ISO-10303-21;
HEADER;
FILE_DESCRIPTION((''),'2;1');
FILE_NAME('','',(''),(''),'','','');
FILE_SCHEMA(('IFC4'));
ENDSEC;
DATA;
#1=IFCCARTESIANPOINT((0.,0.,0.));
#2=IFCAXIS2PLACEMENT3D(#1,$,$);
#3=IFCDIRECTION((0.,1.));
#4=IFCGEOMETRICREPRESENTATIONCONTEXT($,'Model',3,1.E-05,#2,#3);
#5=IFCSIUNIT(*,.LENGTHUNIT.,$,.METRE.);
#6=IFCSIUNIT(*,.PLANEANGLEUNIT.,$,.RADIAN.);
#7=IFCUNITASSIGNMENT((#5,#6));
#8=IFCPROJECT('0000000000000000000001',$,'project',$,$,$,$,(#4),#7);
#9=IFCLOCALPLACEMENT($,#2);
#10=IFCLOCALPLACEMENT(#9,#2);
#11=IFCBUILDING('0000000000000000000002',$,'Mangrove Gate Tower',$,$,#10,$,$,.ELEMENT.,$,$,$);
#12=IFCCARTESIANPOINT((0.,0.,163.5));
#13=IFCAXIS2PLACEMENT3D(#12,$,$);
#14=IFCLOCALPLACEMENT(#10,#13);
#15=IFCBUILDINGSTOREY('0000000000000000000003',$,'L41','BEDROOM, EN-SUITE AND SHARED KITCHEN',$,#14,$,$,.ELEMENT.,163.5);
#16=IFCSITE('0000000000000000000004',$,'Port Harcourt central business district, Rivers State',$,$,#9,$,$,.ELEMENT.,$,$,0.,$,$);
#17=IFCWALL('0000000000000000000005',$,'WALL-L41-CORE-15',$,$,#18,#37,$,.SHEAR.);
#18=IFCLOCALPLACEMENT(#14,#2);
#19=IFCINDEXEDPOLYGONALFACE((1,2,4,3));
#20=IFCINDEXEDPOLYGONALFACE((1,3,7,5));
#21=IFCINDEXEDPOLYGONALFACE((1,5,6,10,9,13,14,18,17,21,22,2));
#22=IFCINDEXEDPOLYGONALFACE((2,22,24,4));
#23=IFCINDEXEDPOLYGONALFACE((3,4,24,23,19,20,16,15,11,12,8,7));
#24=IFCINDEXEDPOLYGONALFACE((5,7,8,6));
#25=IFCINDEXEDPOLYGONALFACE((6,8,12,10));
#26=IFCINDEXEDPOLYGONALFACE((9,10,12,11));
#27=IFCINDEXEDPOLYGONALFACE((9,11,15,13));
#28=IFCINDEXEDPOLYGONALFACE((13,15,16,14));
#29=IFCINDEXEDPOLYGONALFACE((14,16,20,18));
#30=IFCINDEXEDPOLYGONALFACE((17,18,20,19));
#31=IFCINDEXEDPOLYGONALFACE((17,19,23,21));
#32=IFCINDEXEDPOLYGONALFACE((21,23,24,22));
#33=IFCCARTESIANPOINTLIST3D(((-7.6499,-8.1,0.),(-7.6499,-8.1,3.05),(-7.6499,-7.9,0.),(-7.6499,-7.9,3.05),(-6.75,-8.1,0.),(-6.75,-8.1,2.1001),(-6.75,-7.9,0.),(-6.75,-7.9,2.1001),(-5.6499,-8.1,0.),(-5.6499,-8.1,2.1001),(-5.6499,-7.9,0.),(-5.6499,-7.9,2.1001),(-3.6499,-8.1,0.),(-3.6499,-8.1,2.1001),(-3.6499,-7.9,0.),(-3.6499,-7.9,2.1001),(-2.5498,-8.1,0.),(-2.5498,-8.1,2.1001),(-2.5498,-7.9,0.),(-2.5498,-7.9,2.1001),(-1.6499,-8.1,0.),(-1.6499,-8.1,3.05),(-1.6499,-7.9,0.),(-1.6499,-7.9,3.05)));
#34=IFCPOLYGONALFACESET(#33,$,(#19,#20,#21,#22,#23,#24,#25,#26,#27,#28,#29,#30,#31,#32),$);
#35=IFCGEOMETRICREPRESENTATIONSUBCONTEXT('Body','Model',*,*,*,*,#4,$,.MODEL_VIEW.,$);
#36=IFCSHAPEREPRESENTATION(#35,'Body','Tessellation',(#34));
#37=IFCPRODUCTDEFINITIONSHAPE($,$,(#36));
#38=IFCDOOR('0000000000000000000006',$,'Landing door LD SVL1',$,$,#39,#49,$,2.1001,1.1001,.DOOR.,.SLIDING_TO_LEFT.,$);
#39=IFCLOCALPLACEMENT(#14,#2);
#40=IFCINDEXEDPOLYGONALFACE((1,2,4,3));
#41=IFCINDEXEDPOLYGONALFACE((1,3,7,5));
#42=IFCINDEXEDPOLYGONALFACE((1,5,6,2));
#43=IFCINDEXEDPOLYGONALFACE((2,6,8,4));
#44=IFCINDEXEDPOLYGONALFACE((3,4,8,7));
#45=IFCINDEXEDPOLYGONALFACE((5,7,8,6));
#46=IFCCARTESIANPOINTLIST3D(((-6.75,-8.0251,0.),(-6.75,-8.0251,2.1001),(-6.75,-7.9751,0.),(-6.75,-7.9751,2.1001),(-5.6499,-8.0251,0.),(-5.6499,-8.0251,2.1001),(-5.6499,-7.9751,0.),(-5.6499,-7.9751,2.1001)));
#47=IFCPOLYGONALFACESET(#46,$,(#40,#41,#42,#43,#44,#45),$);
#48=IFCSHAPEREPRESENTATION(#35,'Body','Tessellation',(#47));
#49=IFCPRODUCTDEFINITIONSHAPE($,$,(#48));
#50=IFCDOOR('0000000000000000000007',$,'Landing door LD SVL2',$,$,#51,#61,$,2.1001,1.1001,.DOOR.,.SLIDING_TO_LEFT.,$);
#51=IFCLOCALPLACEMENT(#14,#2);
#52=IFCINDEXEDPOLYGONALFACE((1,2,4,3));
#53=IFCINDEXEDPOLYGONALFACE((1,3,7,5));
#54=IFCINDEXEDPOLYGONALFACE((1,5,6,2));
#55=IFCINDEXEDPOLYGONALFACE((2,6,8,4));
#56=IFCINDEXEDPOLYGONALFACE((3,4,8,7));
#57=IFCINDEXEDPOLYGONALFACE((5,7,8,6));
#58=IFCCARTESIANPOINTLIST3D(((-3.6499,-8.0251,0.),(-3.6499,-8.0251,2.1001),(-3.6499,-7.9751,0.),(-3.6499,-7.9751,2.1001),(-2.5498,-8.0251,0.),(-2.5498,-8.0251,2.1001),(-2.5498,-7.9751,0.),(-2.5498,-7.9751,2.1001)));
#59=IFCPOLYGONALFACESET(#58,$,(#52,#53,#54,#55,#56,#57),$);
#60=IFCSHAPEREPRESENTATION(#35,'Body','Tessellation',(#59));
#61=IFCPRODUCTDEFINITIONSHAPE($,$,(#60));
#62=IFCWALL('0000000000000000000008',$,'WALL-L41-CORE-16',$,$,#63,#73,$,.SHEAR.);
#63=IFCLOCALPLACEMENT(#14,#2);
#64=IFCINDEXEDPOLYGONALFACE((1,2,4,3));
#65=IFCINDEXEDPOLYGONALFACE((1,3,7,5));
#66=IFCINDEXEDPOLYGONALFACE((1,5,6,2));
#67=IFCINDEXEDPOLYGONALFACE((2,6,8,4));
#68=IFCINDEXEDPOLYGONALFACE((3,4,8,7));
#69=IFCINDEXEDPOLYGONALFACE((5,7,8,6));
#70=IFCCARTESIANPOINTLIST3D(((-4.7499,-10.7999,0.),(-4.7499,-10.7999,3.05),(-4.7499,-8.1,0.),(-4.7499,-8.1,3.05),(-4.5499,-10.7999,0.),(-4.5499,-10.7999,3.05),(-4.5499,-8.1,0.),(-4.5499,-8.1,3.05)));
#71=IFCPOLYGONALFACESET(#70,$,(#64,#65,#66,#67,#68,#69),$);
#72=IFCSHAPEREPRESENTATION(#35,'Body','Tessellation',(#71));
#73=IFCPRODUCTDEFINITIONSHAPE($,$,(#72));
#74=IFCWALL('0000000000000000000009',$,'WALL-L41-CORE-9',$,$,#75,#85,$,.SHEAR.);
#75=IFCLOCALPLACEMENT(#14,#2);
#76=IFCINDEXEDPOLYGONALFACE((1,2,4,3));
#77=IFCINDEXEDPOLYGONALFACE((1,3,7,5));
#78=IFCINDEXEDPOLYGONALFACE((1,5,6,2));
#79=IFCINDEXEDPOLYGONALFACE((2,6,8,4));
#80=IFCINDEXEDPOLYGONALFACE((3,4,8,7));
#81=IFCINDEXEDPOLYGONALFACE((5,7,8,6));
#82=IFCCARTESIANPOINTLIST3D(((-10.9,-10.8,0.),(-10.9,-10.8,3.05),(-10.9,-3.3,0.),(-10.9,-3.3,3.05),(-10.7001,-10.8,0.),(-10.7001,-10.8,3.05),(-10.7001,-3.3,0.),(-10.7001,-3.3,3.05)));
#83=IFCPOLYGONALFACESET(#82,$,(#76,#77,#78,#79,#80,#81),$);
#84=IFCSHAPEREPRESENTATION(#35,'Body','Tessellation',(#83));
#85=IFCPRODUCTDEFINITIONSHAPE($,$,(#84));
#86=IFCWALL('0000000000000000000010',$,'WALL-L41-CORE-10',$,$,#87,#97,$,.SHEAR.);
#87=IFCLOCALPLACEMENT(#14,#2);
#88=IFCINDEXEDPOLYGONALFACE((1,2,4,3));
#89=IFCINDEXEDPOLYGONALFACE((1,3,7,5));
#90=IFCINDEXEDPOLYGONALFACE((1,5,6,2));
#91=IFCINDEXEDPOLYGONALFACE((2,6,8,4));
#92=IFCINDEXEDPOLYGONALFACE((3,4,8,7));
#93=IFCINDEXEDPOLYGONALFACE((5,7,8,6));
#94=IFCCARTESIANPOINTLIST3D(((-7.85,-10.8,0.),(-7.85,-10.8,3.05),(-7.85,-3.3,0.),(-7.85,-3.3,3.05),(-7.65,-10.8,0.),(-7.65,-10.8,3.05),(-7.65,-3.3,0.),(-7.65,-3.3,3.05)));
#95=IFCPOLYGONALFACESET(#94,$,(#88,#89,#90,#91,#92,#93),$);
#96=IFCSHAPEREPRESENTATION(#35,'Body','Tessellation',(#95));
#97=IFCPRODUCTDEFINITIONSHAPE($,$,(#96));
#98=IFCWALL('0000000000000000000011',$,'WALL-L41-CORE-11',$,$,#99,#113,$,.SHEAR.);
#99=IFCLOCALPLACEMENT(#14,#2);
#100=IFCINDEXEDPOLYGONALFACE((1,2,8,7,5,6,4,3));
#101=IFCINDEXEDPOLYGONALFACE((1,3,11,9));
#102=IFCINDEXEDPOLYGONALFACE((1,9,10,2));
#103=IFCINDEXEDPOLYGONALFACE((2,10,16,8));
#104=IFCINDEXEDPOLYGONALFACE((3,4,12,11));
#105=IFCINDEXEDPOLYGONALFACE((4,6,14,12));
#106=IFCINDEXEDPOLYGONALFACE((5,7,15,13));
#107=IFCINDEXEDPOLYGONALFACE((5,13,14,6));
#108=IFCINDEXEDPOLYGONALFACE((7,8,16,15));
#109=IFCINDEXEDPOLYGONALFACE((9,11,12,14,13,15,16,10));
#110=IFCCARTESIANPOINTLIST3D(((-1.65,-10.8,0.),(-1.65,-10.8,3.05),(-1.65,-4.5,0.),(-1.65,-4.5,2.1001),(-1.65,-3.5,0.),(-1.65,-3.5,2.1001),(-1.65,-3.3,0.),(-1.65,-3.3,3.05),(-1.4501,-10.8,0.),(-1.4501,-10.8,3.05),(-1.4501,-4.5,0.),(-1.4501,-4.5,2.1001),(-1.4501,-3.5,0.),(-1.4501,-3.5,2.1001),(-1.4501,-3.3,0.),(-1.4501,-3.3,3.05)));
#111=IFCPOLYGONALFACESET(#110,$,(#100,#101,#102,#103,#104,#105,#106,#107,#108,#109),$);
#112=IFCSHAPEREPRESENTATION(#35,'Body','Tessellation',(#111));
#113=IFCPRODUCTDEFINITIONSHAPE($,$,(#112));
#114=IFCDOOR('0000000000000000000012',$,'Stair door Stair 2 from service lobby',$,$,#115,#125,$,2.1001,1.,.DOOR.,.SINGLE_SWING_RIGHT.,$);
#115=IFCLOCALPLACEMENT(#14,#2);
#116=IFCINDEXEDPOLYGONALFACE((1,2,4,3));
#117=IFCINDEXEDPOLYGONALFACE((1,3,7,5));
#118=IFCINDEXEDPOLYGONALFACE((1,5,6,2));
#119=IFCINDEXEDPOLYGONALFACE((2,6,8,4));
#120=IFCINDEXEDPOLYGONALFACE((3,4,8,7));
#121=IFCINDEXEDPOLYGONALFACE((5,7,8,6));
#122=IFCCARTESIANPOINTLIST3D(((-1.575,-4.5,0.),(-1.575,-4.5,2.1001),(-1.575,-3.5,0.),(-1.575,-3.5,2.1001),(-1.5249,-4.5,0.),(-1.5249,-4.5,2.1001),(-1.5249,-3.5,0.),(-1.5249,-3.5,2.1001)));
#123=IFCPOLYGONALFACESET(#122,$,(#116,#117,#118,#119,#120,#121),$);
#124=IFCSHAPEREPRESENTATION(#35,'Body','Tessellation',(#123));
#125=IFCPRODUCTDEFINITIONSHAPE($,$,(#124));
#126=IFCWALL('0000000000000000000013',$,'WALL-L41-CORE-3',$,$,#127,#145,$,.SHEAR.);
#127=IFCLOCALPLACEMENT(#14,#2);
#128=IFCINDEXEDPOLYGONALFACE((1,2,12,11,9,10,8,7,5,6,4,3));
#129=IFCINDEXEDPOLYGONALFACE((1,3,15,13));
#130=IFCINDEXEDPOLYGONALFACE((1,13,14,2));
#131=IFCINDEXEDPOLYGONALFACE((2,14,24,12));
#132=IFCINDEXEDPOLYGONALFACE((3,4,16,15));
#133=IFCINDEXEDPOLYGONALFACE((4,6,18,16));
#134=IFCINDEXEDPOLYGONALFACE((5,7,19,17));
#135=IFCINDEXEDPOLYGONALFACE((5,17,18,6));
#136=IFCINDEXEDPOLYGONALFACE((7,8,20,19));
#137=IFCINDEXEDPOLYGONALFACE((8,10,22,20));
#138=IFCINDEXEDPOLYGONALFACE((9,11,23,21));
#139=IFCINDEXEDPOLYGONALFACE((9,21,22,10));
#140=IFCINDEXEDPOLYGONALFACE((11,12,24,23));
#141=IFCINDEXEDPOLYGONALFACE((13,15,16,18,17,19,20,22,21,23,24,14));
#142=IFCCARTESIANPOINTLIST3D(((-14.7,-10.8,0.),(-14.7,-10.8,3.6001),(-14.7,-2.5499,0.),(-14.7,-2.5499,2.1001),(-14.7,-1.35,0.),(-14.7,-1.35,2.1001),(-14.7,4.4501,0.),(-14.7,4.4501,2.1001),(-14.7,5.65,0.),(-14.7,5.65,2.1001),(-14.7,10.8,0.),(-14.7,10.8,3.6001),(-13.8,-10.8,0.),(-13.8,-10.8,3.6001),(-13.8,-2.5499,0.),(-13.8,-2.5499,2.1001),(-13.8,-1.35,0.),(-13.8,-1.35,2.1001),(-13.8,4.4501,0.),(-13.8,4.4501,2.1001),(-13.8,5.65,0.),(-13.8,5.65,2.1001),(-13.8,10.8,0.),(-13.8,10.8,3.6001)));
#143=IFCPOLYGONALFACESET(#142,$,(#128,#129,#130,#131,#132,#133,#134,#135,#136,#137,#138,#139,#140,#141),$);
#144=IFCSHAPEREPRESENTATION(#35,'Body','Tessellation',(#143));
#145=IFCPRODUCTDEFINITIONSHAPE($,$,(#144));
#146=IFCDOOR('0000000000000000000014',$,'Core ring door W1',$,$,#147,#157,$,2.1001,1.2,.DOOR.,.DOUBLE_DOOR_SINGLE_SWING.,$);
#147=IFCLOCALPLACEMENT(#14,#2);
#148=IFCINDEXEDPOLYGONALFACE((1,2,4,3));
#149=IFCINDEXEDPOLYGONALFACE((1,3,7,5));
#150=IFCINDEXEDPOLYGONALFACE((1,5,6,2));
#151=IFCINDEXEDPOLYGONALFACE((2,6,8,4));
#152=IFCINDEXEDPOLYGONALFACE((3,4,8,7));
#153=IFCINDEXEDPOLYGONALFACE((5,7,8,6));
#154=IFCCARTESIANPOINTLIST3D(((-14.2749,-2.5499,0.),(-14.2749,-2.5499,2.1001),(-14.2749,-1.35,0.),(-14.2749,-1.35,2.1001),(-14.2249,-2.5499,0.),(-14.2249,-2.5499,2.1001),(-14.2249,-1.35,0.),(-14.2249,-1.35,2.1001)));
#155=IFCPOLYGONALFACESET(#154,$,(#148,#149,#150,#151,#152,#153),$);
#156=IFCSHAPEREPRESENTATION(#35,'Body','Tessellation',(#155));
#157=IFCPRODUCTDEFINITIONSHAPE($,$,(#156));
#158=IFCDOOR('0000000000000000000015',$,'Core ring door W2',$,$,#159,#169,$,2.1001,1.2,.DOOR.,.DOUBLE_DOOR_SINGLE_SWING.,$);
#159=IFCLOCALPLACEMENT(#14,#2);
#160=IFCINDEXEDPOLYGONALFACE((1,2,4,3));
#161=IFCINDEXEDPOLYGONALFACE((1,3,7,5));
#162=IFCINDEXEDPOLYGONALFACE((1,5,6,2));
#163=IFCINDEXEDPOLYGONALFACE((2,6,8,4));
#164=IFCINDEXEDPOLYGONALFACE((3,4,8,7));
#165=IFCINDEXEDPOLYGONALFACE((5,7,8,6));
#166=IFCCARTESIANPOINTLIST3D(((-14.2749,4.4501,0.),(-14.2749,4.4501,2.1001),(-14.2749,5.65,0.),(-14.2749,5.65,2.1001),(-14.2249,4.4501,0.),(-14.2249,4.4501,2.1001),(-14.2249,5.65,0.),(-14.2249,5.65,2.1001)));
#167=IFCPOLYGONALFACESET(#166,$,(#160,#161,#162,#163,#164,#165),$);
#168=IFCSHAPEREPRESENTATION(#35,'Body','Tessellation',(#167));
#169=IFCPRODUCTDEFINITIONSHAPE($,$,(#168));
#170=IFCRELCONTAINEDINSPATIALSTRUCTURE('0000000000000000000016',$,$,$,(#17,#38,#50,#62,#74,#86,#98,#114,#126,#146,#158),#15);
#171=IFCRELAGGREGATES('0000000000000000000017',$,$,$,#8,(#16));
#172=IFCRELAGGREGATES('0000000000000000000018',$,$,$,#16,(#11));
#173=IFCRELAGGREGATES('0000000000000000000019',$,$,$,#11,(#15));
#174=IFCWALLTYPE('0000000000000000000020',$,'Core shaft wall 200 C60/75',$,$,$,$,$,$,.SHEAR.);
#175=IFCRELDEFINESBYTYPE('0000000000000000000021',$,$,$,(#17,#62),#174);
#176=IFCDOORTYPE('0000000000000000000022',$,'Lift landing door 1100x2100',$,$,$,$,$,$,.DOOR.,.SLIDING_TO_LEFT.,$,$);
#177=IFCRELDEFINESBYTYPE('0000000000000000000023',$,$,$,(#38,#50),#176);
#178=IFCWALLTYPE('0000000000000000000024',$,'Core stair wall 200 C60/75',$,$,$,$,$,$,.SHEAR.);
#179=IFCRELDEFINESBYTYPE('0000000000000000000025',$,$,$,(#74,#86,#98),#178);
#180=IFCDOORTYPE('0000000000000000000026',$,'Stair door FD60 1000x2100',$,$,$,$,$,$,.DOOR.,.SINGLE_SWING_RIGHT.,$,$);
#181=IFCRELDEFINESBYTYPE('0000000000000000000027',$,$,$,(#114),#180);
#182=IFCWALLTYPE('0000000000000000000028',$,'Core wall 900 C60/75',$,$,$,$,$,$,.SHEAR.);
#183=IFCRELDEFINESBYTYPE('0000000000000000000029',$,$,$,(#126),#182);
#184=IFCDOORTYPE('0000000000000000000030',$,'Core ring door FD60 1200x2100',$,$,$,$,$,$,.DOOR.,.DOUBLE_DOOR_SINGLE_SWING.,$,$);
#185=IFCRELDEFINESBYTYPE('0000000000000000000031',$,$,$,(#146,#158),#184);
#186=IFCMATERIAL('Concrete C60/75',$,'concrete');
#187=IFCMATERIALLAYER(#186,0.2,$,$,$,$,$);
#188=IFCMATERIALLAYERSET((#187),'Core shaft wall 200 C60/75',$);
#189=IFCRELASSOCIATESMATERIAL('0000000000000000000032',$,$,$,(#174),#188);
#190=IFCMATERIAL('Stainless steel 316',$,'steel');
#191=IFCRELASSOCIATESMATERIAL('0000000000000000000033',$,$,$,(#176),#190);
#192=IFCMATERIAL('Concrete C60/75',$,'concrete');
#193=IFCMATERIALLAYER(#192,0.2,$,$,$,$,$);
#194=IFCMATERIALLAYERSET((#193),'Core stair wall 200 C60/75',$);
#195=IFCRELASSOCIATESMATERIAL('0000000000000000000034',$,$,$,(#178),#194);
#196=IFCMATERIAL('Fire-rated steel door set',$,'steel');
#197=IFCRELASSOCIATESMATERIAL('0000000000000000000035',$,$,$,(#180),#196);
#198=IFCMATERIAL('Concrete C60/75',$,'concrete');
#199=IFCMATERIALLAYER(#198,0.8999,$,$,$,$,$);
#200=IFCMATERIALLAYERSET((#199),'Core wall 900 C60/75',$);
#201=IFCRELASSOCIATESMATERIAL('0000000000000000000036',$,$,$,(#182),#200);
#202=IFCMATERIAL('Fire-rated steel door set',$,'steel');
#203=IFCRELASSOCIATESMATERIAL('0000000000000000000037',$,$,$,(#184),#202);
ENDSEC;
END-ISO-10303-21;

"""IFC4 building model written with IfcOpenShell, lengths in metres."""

from ifc_helpers import new_model, si_unit, direction, frame, frame_2d, origin, place, context, subcontext, project, spatial, rectangle, extrude, material, layer, layer_set, type_object, element, fill, save


model = new_model("IFC4")

# Units and contexts
model_context = context("Model", 3, precision=1e-05, world=origin(), true_north=direction((0.0, 1.0)))
body_context = subcontext(model_context, "Body", "Model", "MODEL_VIEW")
ifc_project = project(units=[si_unit("LENGTHUNIT", "METRE"), si_unit("PLANEANGLEUNIT", "RADIAN")], contexts=[model_context])

# Site, building, storey
site_placement = place(None, origin())
site = spatial("IfcSite", under=ifc_project, at=site_placement, Name="Port Harcourt central business district, Rivers State", CompositionType="ELEMENT", RefElevation=0.0)
building_placement = place(site_placement, origin())
building = spatial("IfcBuilding", under=site, at=building_placement, Name="Mangrove Gate Tower", CompositionType="ELEMENT")
storey_placement = place(building_placement, frame((0.0, 0.0, 163.5)))
storey = spatial("IfcBuildingStorey", under=building, at=storey_placement, Name="L41", Description="BEDROOM, EN-SUITE AND SHARED KITCHEN", CompositionType="ELEMENT", Elevation=163.5)

# Wall, openings, doors
ifc_material_1 = material(Name="Concrete C60/75", Category="concrete")
ifc_layer_1 = layer(ifc_material_1, 0.2)
ifc_layer_set_1 = layer_set([ifc_layer_1], Name="Core shaft wall 200 C60/75")
wall_type_1 = type_object("IfcWallType", Name="Core shaft wall 200 C60/75", PredefinedType="SHEAR", material=ifc_layer_set_1)
wall_1_placement = place(storey_placement, frame((-7.6499, -8.0, 0.0), z_axis=(0.0, 0.0, 1.0), x_axis=(1.0, 0.0, 0.0)))
wall_1 = element("IfcWall", 1, at=wall_1_placement, inside=storey, type_object=wall_type_1, Name="WALL-L41-CORE-15", PredefinedType="SHEAR", context=body_context, shape_type="SweptSolid", body=[
    extrude(rectangle(XDim=6.0, YDim=0.2, at=frame_2d((3.0, 0.0))), origin(), (0.0, 0.0, 1.0), 3.05),
])
opening_1_placement = place(wall_1_placement, frame((0.8999, 0.0, 0.0)))
opening_1 = element("IfcOpeningElement", 2, at=opening_1_placement, cuts=wall_1, PredefinedType="OPENING", context=body_context, shape_type="SweptSolid", body=[
    extrude(rectangle(XDim=1.1001, YDim=2.1001, at=frame_2d((0.55, 1.05))), frame((0.0, 0.1099, 0.0), z_axis=(0.0, -1.0, 0.0), x_axis=(1.0, 0.0, 0.0)), (0.0, 0.0, 1.0), 0.22),
])
opening_2_placement = place(wall_1_placement, frame((4.0, 0.0, 0.0)))
opening_2 = element("IfcOpeningElement", 3, at=opening_2_placement, cuts=wall_1, PredefinedType="OPENING", context=body_context, shape_type="SweptSolid", body=[
    extrude(rectangle(XDim=1.1001, YDim=2.1001, at=frame_2d((0.55, 1.05))), frame((0.0, 0.1099, 0.0), z_axis=(0.0, -1.0, 0.0), x_axis=(1.0, 0.0, 0.0)), (0.0, 0.0, 1.0), 0.22),
])
ifc_material_2 = material(Name="Stainless steel 316", Category="steel")
door_type_1 = type_object("IfcDoorType", Name="Lift landing door 1100x2100", OperationType="SLIDING_TO_LEFT", PredefinedType="DOOR", material=ifc_material_2)
door_1_placement = place(opening_1_placement, origin())
door_1 = element("IfcDoor", 4, at=door_1_placement, inside=storey, type_object=door_type_1, Name="Landing door LD SVL1", OperationType="SLIDING_TO_LEFT", OverallHeight=2.1001, OverallWidth=1.1001, PredefinedType="DOOR", context=body_context, shape_type="SweptSolid", body=[
    extrude(rectangle(XDim=1.1001, YDim=2.1001, at=frame_2d((0.55, 1.05))), frame((0.0, 0.0249, 0.0), z_axis=(0.0, -1.0, 0.0), x_axis=(1.0, 0.0, 0.0)), (0.0, 0.0, 1.0), 0.05),
])
fill(opening_1, door_1)
door_2_placement = place(opening_2_placement, origin())
door_2 = element("IfcDoor", 5, at=door_2_placement, inside=storey, type_object=door_type_1, Name="Landing door LD SVL2", OperationType="SLIDING_TO_LEFT", OverallHeight=2.1001, OverallWidth=1.1001, PredefinedType="DOOR", context=body_context, shape_type="SweptSolid", body=[
    extrude(rectangle(XDim=1.1001, YDim=2.1001, at=frame_2d((0.55, 1.05))), frame((0.0, 0.0249, 0.0), z_axis=(0.0, -1.0, 0.0), x_axis=(1.0, 0.0, 0.0)), (0.0, 0.0, 1.0), 0.05),
])
fill(opening_2, door_2)

# Walls
wall_2_placement = place(storey_placement, frame((-4.6499, -10.8, 0.0), z_axis=(0.0, 0.0, 1.0), x_axis=(0.0, 1.0, 0.0)))
element("IfcWall", 6, at=wall_2_placement, inside=storey, type_object=wall_type_1, Name="WALL-L41-CORE-16", PredefinedType="SHEAR", context=body_context, shape_type="SweptSolid", body=[
    extrude(rectangle(XDim=2.7, YDim=0.2, at=frame_2d((1.3501, 0.0))), origin(), (0.0, 0.0, 1.0), 3.05),
])
ifc_material_3 = material(Name="Concrete C60/75", Category="concrete")
ifc_layer_2 = layer(ifc_material_3, 0.2)
ifc_layer_set_2 = layer_set([ifc_layer_2], Name="Core stair wall 200 C60/75")
wall_type_2 = type_object("IfcWallType", Name="Core stair wall 200 C60/75", PredefinedType="SHEAR", material=ifc_layer_set_2)
for number, where, z_axis, x_axis, name in (
    (7, (-10.8, -10.8, 0.0), (0.0, 0.0, 1.0), (0.0, 1.0, 0.0), "WALL-L41-CORE-9"),
    (8, (-7.75, -10.8, 0.0), (0.0, 0.0, 1.0), (0.0, 1.0, 0.0), "WALL-L41-CORE-10"),
):
    element("IfcWall", number, at=place(storey_placement, frame(where, z_axis=z_axis, x_axis=x_axis)), inside=storey, type_object=wall_type_2, Name=name, PredefinedType="SHEAR", context=body_context, shape_type="SweptSolid", body=[
        extrude(rectangle(XDim=7.5, YDim=0.2, at=frame_2d((3.75, 0.0))), origin(), (0.0, 0.0, 1.0), 3.05),
    ])

# Wall, opening, door
wall_3_placement = place(storey_placement, frame((-1.55, -10.8, 0.0), z_axis=(0.0, 0.0, 1.0), x_axis=(0.0, 1.0, 0.0)))
wall_3 = element("IfcWall", 9, at=wall_3_placement, inside=storey, type_object=wall_type_2, Name="WALL-L41-CORE-11", PredefinedType="SHEAR", context=body_context, shape_type="SweptSolid", body=[
    extrude(rectangle(XDim=7.5, YDim=0.2, at=frame_2d((3.75, 0.0))), origin(), (0.0, 0.0, 1.0), 3.05),
])
opening_3_placement = place(wall_3_placement, frame((6.3, 0.0, 0.0)))
opening_3 = element("IfcOpeningElement", 10, at=opening_3_placement, cuts=wall_3, PredefinedType="OPENING", context=body_context, shape_type="SweptSolid", body=[
    extrude(rectangle(XDim=1.0, YDim=2.1001, at=frame_2d((0.5, 1.05))), frame((0.0, 0.1099, 0.0), z_axis=(0.0, -1.0, 0.0), x_axis=(1.0, 0.0, 0.0)), (0.0, 0.0, 1.0), 0.22),
])
ifc_material_4 = material(Name="Fire-rated steel door set", Category="steel")
door_type_2 = type_object("IfcDoorType", Name="Stair door FD60 1000x2100", OperationType="SINGLE_SWING_RIGHT", PredefinedType="DOOR", material=ifc_material_4)
door_3_placement = place(opening_3_placement, origin())
door_3 = element("IfcDoor", 11, at=door_3_placement, inside=storey, type_object=door_type_2, Name="Stair door Stair 2 from service lobby", OperationType="SINGLE_SWING_RIGHT", OverallHeight=2.1001, OverallWidth=1.0, PredefinedType="DOOR", context=body_context, shape_type="SweptSolid", body=[
    extrude(rectangle(XDim=1.0, YDim=2.1001, at=frame_2d((0.5, 1.05))), frame((0.0, 0.0249, 0.0), z_axis=(0.0, -1.0, 0.0), x_axis=(1.0, 0.0, 0.0)), (0.0, 0.0, 1.0), 0.05),
])
fill(opening_3, door_3)

# Wall, openings, doors
ifc_material_5 = material(Name="Concrete C60/75", Category="concrete")
ifc_layer_3 = layer(ifc_material_5, 0.8999)
ifc_layer_set_3 = layer_set([ifc_layer_3], Name="Core wall 900 C60/75")
wall_type_3 = type_object("IfcWallType", Name="Core wall 900 C60/75", PredefinedType="SHEAR", material=ifc_layer_set_3)
wall_4_placement = place(storey_placement, frame((-14.25, -10.8, 0.0), z_axis=(0.0, 0.0, 1.0), x_axis=(0.0, 1.0, 0.0)))
wall_4 = element("IfcWall", 12, at=wall_4_placement, inside=storey, type_object=wall_type_3, Name="WALL-L41-CORE-3", PredefinedType="SHEAR", context=body_context, shape_type="SweptSolid", body=[
    extrude(rectangle(XDim=21.6001, YDim=0.8999, at=frame_2d((10.8, 0.0))), origin(), (0.0, 0.0, 1.0), 3.6001),
])
opening_4_placement = place(wall_4_placement, frame((8.25, 0.0, 0.0)))
opening_4 = element("IfcOpeningElement", 13, at=opening_4_placement, cuts=wall_4, PredefinedType="OPENING", context=body_context, shape_type="SweptSolid", body=[
    extrude(rectangle(XDim=1.2, YDim=2.1001, at=frame_2d((0.6001, 1.05))), frame((0.0, 0.46, 0.0), z_axis=(0.0, -1.0, 0.0), x_axis=(1.0, 0.0, 0.0)), (0.0, 0.0, 1.0), 0.9199),
])
opening_5_placement = place(wall_4_placement, frame((15.25, 0.0, 0.0)))
opening_5 = element("IfcOpeningElement", 14, at=opening_5_placement, cuts=wall_4, PredefinedType="OPENING", context=body_context, shape_type="SweptSolid", body=[
    extrude(rectangle(XDim=1.2, YDim=2.1001, at=frame_2d((0.6001, 1.05))), frame((0.0, 0.46, 0.0), z_axis=(0.0, -1.0, 0.0), x_axis=(1.0, 0.0, 0.0)), (0.0, 0.0, 1.0), 0.9199),
])
ifc_material_6 = material(Name="Fire-rated steel door set", Category="steel")
door_type_3 = type_object("IfcDoorType", Name="Core ring door FD60 1200x2100", OperationType="DOUBLE_DOOR_SINGLE_SWING", PredefinedType="DOOR", material=ifc_material_6)
door_4_placement = place(opening_4_placement, origin())
door_4 = element("IfcDoor", 15, at=door_4_placement, inside=storey, type_object=door_type_3, Name="Core ring door W1", OperationType="DOUBLE_DOOR_SINGLE_SWING", OverallHeight=2.1001, OverallWidth=1.2, PredefinedType="DOOR", context=body_context, shape_type="SweptSolid", body=[
    extrude(rectangle(XDim=1.2, YDim=2.1001, at=frame_2d((0.6001, 1.05))), frame((0.0, 0.0249, 0.0), z_axis=(0.0, -1.0, 0.0), x_axis=(1.0, 0.0, 0.0)), (0.0, 0.0, 1.0), 0.05),
])
fill(opening_4, door_4)
door_5_placement = place(opening_5_placement, origin())
door_5 = element("IfcDoor", 16, at=door_5_placement, inside=storey, type_object=door_type_3, Name="Core ring door W2", OperationType="DOUBLE_DOOR_SINGLE_SWING", OverallHeight=2.1001, OverallWidth=1.2, PredefinedType="DOOR", context=body_context, shape_type="SweptSolid", body=[
    extrude(rectangle(XDim=1.2, YDim=2.1001, at=frame_2d((0.6001, 1.05))), frame((0.0, 0.0249, 0.0), z_axis=(0.0, -1.0, 0.0), x_axis=(1.0, 0.0, 0.0)), (0.0, 0.0, 1.0), 0.05),
])
fill(opening_5, door_5)

save(model, "model.ifc")
